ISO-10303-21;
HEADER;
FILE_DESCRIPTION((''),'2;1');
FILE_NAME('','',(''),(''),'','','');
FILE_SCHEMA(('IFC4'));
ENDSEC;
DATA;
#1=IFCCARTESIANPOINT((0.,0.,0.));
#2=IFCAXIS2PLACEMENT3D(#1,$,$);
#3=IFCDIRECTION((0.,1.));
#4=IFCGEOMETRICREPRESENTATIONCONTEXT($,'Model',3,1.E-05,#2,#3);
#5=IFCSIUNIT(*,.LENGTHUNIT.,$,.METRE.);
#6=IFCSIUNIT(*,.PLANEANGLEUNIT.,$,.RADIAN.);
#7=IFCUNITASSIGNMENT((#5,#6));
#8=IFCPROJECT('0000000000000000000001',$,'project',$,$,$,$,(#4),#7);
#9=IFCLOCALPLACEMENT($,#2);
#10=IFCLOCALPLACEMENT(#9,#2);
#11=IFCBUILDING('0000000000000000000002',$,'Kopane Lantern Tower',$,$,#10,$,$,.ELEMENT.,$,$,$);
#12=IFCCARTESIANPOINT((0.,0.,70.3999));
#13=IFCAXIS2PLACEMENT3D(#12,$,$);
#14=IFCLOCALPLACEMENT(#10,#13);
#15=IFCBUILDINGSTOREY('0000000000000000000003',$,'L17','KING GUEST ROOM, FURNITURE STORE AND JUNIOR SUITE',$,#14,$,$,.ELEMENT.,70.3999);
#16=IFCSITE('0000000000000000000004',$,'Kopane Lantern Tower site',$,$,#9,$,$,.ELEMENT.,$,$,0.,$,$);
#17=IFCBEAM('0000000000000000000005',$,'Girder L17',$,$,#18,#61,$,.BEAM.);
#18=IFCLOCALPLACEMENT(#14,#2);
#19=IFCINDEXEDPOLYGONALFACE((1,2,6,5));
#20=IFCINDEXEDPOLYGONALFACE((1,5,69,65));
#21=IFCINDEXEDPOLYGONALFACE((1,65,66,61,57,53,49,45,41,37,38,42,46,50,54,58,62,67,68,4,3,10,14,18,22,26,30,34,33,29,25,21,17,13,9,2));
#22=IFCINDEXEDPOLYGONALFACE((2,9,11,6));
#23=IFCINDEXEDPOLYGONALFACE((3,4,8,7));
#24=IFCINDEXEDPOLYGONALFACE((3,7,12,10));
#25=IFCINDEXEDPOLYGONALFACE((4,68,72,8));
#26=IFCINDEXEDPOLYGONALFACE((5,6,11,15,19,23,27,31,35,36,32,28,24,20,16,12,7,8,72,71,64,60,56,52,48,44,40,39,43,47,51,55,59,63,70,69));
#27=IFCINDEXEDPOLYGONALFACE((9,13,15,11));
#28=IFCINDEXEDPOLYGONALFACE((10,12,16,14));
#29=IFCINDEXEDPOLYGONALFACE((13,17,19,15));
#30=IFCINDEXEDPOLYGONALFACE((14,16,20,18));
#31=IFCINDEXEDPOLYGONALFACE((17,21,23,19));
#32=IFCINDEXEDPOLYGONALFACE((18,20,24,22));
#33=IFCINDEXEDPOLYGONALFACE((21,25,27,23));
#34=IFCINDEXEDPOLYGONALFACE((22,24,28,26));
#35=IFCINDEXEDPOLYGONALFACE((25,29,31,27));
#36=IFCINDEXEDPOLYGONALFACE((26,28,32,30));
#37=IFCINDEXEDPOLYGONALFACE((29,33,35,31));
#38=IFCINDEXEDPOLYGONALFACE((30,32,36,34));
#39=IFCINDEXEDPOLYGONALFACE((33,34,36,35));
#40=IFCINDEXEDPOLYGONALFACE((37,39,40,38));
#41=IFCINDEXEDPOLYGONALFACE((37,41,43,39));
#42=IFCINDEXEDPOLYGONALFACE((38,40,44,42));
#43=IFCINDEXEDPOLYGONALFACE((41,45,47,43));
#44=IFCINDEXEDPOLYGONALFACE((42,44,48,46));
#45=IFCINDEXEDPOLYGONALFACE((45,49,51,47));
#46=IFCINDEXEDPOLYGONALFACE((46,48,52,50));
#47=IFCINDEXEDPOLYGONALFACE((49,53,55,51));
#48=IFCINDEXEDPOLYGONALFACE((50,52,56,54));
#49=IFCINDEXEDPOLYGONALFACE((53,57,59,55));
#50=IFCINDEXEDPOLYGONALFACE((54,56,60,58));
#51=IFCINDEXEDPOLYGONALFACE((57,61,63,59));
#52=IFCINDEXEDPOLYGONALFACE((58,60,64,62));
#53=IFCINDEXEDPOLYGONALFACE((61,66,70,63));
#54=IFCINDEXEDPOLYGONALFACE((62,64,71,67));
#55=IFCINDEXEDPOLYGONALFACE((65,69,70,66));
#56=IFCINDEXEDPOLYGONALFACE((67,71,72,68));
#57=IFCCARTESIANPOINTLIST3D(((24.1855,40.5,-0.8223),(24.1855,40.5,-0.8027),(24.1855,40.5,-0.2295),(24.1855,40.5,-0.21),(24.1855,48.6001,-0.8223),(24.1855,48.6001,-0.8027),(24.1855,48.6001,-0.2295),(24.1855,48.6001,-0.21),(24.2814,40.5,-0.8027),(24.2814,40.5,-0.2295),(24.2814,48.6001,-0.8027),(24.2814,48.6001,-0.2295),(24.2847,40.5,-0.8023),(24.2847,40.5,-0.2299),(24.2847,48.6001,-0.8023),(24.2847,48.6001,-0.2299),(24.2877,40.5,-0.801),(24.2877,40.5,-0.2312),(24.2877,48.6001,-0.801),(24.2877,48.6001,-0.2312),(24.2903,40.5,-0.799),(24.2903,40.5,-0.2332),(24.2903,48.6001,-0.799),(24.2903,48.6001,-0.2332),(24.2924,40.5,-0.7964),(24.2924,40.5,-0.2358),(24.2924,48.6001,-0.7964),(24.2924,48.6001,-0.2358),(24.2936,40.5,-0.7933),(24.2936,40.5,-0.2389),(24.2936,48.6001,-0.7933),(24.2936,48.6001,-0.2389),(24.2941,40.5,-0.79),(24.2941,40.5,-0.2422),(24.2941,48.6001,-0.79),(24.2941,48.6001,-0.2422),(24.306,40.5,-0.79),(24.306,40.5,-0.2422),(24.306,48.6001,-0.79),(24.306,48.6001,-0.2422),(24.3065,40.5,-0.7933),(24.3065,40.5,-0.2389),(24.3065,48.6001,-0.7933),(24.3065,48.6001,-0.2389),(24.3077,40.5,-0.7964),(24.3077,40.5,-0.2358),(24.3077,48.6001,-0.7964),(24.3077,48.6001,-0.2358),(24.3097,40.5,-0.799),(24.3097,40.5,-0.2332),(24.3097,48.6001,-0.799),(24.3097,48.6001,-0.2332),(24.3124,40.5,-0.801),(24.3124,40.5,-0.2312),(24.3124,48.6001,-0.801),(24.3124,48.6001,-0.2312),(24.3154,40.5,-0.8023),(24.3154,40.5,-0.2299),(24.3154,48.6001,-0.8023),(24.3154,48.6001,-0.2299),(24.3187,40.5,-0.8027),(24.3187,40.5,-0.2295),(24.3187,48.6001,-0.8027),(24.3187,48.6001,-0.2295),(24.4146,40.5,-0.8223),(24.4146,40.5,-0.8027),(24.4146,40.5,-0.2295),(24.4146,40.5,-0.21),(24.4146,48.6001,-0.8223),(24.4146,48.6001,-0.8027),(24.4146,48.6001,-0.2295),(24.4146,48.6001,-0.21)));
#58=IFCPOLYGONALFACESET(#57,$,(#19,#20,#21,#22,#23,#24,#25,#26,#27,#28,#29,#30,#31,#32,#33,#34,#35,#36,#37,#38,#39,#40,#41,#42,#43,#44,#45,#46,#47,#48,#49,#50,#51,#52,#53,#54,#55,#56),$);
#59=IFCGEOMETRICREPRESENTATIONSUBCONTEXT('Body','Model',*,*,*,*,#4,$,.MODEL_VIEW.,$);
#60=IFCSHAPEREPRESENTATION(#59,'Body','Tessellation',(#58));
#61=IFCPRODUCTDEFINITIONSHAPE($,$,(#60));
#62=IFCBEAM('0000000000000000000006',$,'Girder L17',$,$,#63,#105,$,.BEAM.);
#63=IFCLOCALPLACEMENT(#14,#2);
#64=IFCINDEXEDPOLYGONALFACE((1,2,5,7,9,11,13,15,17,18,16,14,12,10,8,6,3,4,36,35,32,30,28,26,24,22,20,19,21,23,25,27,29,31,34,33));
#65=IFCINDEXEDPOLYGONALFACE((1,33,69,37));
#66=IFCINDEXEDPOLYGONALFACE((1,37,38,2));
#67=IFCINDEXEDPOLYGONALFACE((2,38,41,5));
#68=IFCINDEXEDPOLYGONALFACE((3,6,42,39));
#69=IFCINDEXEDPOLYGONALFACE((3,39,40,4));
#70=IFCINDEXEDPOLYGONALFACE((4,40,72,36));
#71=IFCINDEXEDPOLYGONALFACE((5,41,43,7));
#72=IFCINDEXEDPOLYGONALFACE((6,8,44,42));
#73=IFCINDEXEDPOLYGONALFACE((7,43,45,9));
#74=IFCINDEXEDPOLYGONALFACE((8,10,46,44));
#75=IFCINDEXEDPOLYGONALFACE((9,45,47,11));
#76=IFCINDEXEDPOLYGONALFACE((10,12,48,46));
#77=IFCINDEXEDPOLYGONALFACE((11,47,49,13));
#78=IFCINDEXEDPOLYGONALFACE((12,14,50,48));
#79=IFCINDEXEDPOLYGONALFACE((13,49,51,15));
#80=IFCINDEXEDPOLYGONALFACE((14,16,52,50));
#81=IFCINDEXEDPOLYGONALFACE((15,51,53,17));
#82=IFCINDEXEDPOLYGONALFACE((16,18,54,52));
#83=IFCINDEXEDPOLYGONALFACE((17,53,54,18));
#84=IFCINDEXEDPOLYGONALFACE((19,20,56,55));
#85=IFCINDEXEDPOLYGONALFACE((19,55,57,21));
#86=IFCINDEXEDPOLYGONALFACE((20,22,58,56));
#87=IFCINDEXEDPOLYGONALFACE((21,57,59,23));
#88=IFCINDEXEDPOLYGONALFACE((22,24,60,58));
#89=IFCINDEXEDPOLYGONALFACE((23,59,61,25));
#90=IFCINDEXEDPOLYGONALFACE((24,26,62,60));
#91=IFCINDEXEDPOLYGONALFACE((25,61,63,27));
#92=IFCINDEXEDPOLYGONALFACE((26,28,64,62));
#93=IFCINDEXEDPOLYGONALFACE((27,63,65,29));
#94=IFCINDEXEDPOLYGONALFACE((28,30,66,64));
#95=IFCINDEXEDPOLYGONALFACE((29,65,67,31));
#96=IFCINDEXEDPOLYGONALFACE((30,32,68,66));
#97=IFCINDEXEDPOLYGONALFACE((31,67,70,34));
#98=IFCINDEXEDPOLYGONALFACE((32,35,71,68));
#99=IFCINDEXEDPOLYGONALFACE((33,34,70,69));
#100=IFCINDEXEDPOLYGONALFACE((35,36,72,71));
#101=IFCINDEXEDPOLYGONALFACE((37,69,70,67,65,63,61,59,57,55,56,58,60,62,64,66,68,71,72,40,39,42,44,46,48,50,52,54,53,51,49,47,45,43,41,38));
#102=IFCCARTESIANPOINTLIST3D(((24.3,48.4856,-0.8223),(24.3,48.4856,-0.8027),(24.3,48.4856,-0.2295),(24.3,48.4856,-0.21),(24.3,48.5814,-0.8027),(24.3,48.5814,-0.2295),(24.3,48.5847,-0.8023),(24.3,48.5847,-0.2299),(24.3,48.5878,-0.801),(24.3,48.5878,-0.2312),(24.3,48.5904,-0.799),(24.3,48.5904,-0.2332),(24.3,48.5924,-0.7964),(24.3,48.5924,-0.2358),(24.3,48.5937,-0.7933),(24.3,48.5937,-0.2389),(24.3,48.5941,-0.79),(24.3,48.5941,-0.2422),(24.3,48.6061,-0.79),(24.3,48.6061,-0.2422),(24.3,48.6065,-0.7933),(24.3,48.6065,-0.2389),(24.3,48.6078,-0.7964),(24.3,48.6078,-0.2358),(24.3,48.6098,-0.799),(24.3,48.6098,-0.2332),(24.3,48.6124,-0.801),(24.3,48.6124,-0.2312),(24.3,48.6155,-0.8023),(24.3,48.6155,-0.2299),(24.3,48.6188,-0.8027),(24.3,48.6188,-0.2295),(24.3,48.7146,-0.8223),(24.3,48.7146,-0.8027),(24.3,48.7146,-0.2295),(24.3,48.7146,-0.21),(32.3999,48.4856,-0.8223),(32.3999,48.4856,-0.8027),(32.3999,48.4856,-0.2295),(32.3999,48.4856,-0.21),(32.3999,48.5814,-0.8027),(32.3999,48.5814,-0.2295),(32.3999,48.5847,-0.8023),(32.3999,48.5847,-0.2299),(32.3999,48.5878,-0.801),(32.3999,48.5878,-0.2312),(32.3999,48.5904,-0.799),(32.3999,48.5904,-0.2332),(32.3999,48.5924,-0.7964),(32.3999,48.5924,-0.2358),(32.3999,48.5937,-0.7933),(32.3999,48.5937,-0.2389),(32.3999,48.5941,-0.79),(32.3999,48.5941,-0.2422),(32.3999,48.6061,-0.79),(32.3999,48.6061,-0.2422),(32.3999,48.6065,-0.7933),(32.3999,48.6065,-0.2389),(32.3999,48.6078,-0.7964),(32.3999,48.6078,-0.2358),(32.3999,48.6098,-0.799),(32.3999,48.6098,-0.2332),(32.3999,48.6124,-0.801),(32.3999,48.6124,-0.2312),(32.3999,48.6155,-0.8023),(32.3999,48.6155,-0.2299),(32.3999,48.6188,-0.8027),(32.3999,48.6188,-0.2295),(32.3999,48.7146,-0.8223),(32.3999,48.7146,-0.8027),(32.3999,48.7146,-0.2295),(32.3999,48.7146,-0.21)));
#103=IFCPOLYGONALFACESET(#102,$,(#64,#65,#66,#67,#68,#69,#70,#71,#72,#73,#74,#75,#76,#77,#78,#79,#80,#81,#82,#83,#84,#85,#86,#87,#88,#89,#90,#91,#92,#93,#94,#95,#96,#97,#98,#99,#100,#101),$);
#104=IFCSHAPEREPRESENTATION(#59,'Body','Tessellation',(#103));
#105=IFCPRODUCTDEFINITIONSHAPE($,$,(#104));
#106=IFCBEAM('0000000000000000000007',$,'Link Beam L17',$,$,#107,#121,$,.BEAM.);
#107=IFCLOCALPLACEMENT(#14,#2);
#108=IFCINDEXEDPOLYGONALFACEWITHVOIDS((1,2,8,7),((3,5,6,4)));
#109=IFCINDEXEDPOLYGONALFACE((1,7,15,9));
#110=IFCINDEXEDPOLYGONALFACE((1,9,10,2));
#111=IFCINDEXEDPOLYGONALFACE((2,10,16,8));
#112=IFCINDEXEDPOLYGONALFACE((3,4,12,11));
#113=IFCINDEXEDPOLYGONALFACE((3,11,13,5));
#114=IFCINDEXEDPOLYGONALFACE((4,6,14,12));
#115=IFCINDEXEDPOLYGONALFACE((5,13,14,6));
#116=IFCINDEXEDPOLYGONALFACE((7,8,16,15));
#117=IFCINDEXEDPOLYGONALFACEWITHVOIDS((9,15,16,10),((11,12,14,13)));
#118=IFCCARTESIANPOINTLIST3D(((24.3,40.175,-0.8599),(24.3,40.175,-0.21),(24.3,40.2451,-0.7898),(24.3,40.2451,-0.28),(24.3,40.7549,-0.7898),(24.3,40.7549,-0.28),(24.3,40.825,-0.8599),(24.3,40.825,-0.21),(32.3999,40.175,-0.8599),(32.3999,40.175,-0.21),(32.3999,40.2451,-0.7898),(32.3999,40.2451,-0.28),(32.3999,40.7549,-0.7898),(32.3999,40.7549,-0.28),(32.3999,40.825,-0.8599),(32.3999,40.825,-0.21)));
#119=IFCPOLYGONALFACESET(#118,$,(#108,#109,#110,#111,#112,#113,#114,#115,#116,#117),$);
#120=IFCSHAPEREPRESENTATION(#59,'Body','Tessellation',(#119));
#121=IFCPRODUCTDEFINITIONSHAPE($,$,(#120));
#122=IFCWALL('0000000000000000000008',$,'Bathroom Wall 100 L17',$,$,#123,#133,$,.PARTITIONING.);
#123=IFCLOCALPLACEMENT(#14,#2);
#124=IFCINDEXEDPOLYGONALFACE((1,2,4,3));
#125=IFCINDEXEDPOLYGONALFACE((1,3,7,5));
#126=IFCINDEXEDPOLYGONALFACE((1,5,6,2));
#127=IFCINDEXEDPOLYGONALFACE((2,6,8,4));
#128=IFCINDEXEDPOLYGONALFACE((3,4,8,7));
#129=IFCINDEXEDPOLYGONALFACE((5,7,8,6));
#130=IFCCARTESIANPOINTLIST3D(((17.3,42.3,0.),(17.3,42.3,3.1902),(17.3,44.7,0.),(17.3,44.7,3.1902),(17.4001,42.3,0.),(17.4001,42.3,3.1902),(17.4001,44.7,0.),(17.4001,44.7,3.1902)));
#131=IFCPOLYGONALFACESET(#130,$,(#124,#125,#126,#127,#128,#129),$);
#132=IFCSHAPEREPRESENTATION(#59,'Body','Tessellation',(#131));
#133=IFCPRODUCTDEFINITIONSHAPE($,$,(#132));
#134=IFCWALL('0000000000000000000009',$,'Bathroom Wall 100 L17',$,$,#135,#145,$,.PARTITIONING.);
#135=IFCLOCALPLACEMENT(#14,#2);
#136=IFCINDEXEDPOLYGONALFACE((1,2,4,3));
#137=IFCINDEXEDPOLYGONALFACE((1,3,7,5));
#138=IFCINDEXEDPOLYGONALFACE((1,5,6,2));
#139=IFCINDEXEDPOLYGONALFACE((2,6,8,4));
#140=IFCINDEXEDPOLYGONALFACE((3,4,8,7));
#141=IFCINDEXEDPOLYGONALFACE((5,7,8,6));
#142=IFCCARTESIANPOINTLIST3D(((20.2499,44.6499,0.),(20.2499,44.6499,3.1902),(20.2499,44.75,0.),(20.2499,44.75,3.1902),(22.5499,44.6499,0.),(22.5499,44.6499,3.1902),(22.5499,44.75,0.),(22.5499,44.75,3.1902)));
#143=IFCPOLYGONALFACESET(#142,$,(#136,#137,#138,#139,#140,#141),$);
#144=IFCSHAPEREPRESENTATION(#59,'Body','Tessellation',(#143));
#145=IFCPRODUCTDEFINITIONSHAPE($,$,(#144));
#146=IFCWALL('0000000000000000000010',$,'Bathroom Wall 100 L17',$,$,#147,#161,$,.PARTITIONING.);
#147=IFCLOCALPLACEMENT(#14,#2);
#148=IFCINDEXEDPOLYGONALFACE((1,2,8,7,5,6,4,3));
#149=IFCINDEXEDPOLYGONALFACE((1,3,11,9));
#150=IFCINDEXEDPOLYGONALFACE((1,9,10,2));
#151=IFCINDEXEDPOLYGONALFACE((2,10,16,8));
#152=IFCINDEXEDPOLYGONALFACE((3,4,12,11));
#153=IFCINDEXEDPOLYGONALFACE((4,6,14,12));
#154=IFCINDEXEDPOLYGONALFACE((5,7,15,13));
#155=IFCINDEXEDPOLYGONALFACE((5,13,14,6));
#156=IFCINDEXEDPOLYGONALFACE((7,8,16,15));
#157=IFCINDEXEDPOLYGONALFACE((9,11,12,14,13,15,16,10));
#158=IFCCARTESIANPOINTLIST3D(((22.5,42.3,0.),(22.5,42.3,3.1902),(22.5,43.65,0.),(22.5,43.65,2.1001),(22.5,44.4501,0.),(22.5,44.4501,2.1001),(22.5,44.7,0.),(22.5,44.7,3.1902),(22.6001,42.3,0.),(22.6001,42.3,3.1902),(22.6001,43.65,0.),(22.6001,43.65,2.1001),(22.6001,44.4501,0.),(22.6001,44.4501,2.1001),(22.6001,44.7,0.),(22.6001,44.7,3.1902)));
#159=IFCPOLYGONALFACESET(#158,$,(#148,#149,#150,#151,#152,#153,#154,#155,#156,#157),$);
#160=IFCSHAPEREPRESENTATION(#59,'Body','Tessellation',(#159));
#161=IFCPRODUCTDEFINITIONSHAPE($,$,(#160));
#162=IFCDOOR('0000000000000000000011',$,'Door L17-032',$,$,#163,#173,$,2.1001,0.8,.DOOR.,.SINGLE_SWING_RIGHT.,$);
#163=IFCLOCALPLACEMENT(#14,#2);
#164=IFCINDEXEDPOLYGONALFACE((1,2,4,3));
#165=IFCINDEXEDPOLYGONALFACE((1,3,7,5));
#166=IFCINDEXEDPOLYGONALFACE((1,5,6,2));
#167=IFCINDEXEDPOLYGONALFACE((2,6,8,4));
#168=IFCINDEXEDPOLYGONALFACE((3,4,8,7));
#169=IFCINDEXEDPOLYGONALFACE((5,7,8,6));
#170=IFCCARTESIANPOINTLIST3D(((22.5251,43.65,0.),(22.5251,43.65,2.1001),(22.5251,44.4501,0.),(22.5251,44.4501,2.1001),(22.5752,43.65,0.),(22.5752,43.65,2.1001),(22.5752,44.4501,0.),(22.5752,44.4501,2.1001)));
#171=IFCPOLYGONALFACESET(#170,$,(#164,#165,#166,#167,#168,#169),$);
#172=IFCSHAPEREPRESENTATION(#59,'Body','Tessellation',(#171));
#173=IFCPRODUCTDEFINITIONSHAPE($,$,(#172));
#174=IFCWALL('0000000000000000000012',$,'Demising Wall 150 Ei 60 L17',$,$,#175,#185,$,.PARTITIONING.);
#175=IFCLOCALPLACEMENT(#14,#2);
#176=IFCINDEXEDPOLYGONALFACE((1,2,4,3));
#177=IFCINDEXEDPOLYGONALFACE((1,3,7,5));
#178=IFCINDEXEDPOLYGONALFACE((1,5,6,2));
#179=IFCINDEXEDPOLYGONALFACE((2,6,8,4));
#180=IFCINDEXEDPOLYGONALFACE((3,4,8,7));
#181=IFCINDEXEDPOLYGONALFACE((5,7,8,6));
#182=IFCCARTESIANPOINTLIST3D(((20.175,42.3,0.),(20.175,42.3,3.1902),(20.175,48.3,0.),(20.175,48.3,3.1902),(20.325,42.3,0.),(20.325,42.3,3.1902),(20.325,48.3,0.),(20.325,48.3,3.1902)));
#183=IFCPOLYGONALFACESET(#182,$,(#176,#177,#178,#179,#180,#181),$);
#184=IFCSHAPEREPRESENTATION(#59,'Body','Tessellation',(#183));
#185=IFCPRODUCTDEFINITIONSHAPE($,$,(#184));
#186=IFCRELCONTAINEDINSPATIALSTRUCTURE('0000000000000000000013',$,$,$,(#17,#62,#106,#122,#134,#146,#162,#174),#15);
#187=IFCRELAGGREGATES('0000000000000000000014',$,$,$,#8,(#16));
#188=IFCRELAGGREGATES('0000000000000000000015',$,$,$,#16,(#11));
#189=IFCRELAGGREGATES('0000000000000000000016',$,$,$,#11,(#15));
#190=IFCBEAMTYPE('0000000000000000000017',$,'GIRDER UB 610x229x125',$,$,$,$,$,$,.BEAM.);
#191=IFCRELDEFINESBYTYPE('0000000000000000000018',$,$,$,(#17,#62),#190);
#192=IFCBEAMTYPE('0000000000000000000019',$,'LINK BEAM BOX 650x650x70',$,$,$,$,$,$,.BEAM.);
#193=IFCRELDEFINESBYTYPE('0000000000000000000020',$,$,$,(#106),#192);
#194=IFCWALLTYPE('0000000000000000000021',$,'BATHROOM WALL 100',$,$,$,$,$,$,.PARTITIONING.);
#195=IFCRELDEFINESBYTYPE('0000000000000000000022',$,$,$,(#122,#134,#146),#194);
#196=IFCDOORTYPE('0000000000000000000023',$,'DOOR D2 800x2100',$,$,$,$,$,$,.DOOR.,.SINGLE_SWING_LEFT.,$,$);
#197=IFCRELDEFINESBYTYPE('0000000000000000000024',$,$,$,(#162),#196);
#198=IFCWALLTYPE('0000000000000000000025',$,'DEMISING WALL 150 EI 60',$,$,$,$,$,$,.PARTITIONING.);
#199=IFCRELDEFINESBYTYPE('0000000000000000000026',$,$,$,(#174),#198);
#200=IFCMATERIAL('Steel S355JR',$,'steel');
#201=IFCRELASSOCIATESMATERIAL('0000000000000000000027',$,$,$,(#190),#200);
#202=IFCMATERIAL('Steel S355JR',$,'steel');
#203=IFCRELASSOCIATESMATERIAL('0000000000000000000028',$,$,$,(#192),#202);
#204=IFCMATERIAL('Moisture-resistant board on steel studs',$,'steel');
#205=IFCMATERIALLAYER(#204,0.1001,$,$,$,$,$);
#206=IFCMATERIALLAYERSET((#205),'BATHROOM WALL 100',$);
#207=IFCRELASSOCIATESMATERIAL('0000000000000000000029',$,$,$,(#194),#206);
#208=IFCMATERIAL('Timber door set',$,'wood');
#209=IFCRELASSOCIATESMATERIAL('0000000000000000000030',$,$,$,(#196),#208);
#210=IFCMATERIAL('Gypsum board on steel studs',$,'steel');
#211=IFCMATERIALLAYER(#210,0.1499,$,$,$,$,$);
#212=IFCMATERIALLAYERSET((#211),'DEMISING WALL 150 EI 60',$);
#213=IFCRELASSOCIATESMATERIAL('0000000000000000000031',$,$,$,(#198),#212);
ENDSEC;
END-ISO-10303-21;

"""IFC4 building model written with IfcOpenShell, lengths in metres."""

from ifc_helpers import new_model, si_unit, direction, frame, frame_2d, origin, origin_2d, place, context, subcontext, project, spatial, rectangle, hollow_rectangle, i_section, extrude, material, layer, layer_set, material_profile, profile_set, type_object, element, fill, save


model = new_model("IFC4")

# Units and contexts
model_context = context("Model", 3, precision=1e-05, world=origin(), true_north=direction((0.0, 1.0)))
body_context = subcontext(model_context, "Body", "Model", "MODEL_VIEW")
ifc_project = project(units=[si_unit("LENGTHUNIT", "METRE"), si_unit("PLANEANGLEUNIT", "RADIAN")], contexts=[model_context])

# Site, building, storey
site_placement = place(None, origin())
site = spatial("IfcSite", under=ifc_project, at=site_placement, Name="Kopane Lantern Tower site", CompositionType="ELEMENT", RefElevation=0.0)
building_placement = place(site_placement, origin())
building = spatial("IfcBuilding", under=site, at=building_placement, Name="Kopane Lantern Tower", CompositionType="ELEMENT")
storey_placement = place(building_placement, frame((0.0, 0.0, 70.3999)))
storey = spatial("IfcBuildingStorey", under=building, at=storey_placement, Name="L17", Description="KING GUEST ROOM, FURNITURE STORE AND JUNIOR SUITE", CompositionType="ELEMENT", Elevation=70.3999)

# Beams
ifc_material_1 = material(Name="Steel S355JR", Category="steel")
ifc_material_profile_1 = material_profile(ifc_material_1, i_section(OverallWidth=0.229, OverallDepth=0.6123, WebThickness=0.012, FlangeThickness=0.0195, FilletRadius=0.0127, at=origin_2d()), Name="UB 610x229x125")
ifc_profile_set_1 = profile_set([ifc_material_profile_1], Name="Steel S355JR")
beam_type_1 = type_object("IfcBeamType", Name="GIRDER UB 610x229x125", PredefinedType="BEAM", material=ifc_profile_set_1)
for number, where, z_axis, x_axis, name in (
    (1, (24.3, 40.5, -0.5161), (0.0, 1.0, 0.0), (-1.0, 0.0, 0.0), "Girder L17"),
):
    element("IfcBeam", number, at=place(storey_placement, frame(where, z_axis=z_axis, x_axis=x_axis)), inside=storey, type_object=beam_type_1, Name=name, PredefinedType="BEAM", context=body_context, shape_type="SweptSolid", body=[
        extrude(i_section(OverallWidth=0.229, OverallDepth=0.6123, WebThickness=0.012, FlangeThickness=0.0195, FilletRadius=0.0127, at=origin_2d()), origin(), (0.0, 0.0, 1.0), 8.1001),
    ])
beam_1_placement = place(storey_placement, frame((24.3, 48.6001, -0.5161), z_axis=(1.0, 0.0, 0.0), x_axis=(0.0, 1.0, 0.0)))
element("IfcBeam", 2, at=beam_1_placement, inside=storey, type_object=beam_type_1, Name="Girder L17", PredefinedType="BEAM", context=body_context, shape_type="SweptSolid", body=[
    extrude(i_section(OverallWidth=0.229, OverallDepth=0.6123, WebThickness=0.012, FlangeThickness=0.0195, FilletRadius=0.0127, at=origin_2d()), origin(), (0.0, 0.0, 1.0), 8.0999),
])
ifc_material_2 = material(Name="Steel S355JR", Category="steel")
ifc_material_profile_2 = material_profile(ifc_material_2, hollow_rectangle(XDim=0.6499, YDim=0.6499, WallThickness=0.0701, at=origin_2d()), Name="BOX 650x650x70")
ifc_profile_set_2 = profile_set([ifc_material_profile_2], Name="Steel S355JR")
beam_type_2 = type_object("IfcBeamType", Name="LINK BEAM BOX 650x650x70", PredefinedType="BEAM", material=ifc_profile_set_2)
beam_2_placement = place(storey_placement, frame((24.3, 40.5, -0.5349), z_axis=(1.0, 0.0, 0.0), x_axis=(0.0, 1.0, 0.0)))
element("IfcBeam", 3, at=beam_2_placement, inside=storey, type_object=beam_type_2, Name="Link Beam L17", PredefinedType="BEAM", context=body_context, shape_type="SweptSolid", body=[
    extrude(hollow_rectangle(XDim=0.6499, YDim=0.6499, WallThickness=0.0701, at=origin_2d()), origin(), (0.0, 0.0, 1.0), 8.0999),
])

# Walls
ifc_material_3 = material(Name="Moisture-resistant board on steel studs", Category="steel")
ifc_layer_1 = layer(ifc_material_3, 0.1001)
ifc_layer_set_1 = layer_set([ifc_layer_1], Name="BATHROOM WALL 100")
wall_type_1 = type_object("IfcWallType", Name="BATHROOM WALL 100", PredefinedType="PARTITIONING", material=ifc_layer_set_1)
wall_1_placement = place(storey_placement, frame((17.3501, 42.3, 0.0), z_axis=(0.0, 0.0, 1.0), x_axis=(0.0, 1.0, 0.0)))
element("IfcWall", 4, at=wall_1_placement, inside=storey, type_object=wall_type_1, Name="Bathroom Wall 100 L17", PredefinedType="PARTITIONING", context=body_context, shape_type="SweptSolid", body=[
    extrude(rectangle(XDim=2.3999, YDim=0.1001, at=frame_2d((1.2, 0.0))), origin(), (0.0, 0.0, 1.0), 3.1902),
])
wall_2_placement = place(storey_placement, frame((20.25, 44.7, 0.0), z_axis=(0.0, 0.0, 1.0), x_axis=(1.0, 0.0, 0.0)))
element("IfcWall", 5, at=wall_2_placement, inside=storey, type_object=wall_type_1, Name="Bathroom Wall 100 L17", PredefinedType="PARTITIONING", context=body_context, shape_type="SweptSolid", body=[
    extrude(rectangle(XDim=2.3, YDim=0.1001, at=frame_2d((1.1499, 0.0))), origin(), (0.0, 0.0, 1.0), 3.1902),
])

# Wall, opening, door
wall_3_placement = place(storey_placement, frame((22.55, 42.3, 0.0), z_axis=(0.0, 0.0, 1.0), x_axis=(0.0, 1.0, 0.0)))
wall_3 = element("IfcWall", 6, at=wall_3_placement, inside=storey, type_object=wall_type_1, Name="Bathroom Wall 100 L17", PredefinedType="PARTITIONING", context=body_context, shape_type="SweptSolid", body=[
    extrude(rectangle(XDim=2.3999, YDim=0.1001, at=frame_2d((1.2, 0.0))), origin(), (0.0, 0.0, 1.0), 3.1902),
])
opening_1_placement = place(wall_3_placement, frame((1.3501, 0.0, 0.0)))
opening_1 = element("IfcOpeningElement", 7, at=opening_1_placement, cuts=wall_3, PredefinedType="OPENING", context=body_context, shape_type="SweptSolid", body=[
    extrude(rectangle(XDim=0.8, YDim=2.1001, at=frame_2d((0.3999, 1.05))), frame((0.0, 0.0601, 0.0), z_axis=(0.0, -1.0, 0.0), x_axis=(1.0, 0.0, 0.0)), (0.0, 0.0, 1.0), 0.1201),
])
ifc_material_4 = material(Name="Timber door set", Category="wood")
door_type_1 = type_object("IfcDoorType", Name="DOOR D2 800x2100", OperationType="SINGLE_SWING_LEFT", PredefinedType="DOOR", material=ifc_material_4)
door_1_placement = place(opening_1_placement, origin())
door_1 = element("IfcDoor", 8, at=door_1_placement, inside=storey, type_object=door_type_1, Name="Door L17-032", OperationType="SINGLE_SWING_RIGHT", OverallHeight=2.1001, OverallWidth=0.8, PredefinedType="DOOR", context=body_context, shape_type="SweptSolid", body=[
    extrude(rectangle(XDim=0.8, YDim=2.1001, at=frame_2d((0.3999, 1.05))), frame((0.0, 0.0249, 0.0), z_axis=(0.0, -1.0, 0.0), x_axis=(1.0, 0.0, 0.0)), (0.0, 0.0, 1.0), 0.05),
])
fill(opening_1, door_1)

# Wall
ifc_material_5 = material(Name="Gypsum board on steel studs", Category="steel")
ifc_layer_2 = layer(ifc_material_5, 0.1499)
ifc_layer_set_2 = layer_set([ifc_layer_2], Name="DEMISING WALL 150 EI 60")
wall_type_2 = type_object("IfcWallType", Name="DEMISING WALL 150 EI 60", PredefinedType="PARTITIONING", material=ifc_layer_set_2)
wall_4_placement = place(storey_placement, frame((20.25, 42.3, 0.0), z_axis=(0.0, 0.0, 1.0), x_axis=(0.0, 1.0, 0.0)))
element("IfcWall", 9, at=wall_4_placement, inside=storey, type_object=wall_type_2, Name="Demising Wall 150 Ei 60 L17", PredefinedType="PARTITIONING", context=body_context, shape_type="SweptSolid", body=[
    extrude(rectangle(XDim=6.0, YDim=0.1499, at=frame_2d((3.0, 0.0))), origin(), (0.0, 0.0, 1.0), 3.1902),
])

save(model, "model.ifc")
